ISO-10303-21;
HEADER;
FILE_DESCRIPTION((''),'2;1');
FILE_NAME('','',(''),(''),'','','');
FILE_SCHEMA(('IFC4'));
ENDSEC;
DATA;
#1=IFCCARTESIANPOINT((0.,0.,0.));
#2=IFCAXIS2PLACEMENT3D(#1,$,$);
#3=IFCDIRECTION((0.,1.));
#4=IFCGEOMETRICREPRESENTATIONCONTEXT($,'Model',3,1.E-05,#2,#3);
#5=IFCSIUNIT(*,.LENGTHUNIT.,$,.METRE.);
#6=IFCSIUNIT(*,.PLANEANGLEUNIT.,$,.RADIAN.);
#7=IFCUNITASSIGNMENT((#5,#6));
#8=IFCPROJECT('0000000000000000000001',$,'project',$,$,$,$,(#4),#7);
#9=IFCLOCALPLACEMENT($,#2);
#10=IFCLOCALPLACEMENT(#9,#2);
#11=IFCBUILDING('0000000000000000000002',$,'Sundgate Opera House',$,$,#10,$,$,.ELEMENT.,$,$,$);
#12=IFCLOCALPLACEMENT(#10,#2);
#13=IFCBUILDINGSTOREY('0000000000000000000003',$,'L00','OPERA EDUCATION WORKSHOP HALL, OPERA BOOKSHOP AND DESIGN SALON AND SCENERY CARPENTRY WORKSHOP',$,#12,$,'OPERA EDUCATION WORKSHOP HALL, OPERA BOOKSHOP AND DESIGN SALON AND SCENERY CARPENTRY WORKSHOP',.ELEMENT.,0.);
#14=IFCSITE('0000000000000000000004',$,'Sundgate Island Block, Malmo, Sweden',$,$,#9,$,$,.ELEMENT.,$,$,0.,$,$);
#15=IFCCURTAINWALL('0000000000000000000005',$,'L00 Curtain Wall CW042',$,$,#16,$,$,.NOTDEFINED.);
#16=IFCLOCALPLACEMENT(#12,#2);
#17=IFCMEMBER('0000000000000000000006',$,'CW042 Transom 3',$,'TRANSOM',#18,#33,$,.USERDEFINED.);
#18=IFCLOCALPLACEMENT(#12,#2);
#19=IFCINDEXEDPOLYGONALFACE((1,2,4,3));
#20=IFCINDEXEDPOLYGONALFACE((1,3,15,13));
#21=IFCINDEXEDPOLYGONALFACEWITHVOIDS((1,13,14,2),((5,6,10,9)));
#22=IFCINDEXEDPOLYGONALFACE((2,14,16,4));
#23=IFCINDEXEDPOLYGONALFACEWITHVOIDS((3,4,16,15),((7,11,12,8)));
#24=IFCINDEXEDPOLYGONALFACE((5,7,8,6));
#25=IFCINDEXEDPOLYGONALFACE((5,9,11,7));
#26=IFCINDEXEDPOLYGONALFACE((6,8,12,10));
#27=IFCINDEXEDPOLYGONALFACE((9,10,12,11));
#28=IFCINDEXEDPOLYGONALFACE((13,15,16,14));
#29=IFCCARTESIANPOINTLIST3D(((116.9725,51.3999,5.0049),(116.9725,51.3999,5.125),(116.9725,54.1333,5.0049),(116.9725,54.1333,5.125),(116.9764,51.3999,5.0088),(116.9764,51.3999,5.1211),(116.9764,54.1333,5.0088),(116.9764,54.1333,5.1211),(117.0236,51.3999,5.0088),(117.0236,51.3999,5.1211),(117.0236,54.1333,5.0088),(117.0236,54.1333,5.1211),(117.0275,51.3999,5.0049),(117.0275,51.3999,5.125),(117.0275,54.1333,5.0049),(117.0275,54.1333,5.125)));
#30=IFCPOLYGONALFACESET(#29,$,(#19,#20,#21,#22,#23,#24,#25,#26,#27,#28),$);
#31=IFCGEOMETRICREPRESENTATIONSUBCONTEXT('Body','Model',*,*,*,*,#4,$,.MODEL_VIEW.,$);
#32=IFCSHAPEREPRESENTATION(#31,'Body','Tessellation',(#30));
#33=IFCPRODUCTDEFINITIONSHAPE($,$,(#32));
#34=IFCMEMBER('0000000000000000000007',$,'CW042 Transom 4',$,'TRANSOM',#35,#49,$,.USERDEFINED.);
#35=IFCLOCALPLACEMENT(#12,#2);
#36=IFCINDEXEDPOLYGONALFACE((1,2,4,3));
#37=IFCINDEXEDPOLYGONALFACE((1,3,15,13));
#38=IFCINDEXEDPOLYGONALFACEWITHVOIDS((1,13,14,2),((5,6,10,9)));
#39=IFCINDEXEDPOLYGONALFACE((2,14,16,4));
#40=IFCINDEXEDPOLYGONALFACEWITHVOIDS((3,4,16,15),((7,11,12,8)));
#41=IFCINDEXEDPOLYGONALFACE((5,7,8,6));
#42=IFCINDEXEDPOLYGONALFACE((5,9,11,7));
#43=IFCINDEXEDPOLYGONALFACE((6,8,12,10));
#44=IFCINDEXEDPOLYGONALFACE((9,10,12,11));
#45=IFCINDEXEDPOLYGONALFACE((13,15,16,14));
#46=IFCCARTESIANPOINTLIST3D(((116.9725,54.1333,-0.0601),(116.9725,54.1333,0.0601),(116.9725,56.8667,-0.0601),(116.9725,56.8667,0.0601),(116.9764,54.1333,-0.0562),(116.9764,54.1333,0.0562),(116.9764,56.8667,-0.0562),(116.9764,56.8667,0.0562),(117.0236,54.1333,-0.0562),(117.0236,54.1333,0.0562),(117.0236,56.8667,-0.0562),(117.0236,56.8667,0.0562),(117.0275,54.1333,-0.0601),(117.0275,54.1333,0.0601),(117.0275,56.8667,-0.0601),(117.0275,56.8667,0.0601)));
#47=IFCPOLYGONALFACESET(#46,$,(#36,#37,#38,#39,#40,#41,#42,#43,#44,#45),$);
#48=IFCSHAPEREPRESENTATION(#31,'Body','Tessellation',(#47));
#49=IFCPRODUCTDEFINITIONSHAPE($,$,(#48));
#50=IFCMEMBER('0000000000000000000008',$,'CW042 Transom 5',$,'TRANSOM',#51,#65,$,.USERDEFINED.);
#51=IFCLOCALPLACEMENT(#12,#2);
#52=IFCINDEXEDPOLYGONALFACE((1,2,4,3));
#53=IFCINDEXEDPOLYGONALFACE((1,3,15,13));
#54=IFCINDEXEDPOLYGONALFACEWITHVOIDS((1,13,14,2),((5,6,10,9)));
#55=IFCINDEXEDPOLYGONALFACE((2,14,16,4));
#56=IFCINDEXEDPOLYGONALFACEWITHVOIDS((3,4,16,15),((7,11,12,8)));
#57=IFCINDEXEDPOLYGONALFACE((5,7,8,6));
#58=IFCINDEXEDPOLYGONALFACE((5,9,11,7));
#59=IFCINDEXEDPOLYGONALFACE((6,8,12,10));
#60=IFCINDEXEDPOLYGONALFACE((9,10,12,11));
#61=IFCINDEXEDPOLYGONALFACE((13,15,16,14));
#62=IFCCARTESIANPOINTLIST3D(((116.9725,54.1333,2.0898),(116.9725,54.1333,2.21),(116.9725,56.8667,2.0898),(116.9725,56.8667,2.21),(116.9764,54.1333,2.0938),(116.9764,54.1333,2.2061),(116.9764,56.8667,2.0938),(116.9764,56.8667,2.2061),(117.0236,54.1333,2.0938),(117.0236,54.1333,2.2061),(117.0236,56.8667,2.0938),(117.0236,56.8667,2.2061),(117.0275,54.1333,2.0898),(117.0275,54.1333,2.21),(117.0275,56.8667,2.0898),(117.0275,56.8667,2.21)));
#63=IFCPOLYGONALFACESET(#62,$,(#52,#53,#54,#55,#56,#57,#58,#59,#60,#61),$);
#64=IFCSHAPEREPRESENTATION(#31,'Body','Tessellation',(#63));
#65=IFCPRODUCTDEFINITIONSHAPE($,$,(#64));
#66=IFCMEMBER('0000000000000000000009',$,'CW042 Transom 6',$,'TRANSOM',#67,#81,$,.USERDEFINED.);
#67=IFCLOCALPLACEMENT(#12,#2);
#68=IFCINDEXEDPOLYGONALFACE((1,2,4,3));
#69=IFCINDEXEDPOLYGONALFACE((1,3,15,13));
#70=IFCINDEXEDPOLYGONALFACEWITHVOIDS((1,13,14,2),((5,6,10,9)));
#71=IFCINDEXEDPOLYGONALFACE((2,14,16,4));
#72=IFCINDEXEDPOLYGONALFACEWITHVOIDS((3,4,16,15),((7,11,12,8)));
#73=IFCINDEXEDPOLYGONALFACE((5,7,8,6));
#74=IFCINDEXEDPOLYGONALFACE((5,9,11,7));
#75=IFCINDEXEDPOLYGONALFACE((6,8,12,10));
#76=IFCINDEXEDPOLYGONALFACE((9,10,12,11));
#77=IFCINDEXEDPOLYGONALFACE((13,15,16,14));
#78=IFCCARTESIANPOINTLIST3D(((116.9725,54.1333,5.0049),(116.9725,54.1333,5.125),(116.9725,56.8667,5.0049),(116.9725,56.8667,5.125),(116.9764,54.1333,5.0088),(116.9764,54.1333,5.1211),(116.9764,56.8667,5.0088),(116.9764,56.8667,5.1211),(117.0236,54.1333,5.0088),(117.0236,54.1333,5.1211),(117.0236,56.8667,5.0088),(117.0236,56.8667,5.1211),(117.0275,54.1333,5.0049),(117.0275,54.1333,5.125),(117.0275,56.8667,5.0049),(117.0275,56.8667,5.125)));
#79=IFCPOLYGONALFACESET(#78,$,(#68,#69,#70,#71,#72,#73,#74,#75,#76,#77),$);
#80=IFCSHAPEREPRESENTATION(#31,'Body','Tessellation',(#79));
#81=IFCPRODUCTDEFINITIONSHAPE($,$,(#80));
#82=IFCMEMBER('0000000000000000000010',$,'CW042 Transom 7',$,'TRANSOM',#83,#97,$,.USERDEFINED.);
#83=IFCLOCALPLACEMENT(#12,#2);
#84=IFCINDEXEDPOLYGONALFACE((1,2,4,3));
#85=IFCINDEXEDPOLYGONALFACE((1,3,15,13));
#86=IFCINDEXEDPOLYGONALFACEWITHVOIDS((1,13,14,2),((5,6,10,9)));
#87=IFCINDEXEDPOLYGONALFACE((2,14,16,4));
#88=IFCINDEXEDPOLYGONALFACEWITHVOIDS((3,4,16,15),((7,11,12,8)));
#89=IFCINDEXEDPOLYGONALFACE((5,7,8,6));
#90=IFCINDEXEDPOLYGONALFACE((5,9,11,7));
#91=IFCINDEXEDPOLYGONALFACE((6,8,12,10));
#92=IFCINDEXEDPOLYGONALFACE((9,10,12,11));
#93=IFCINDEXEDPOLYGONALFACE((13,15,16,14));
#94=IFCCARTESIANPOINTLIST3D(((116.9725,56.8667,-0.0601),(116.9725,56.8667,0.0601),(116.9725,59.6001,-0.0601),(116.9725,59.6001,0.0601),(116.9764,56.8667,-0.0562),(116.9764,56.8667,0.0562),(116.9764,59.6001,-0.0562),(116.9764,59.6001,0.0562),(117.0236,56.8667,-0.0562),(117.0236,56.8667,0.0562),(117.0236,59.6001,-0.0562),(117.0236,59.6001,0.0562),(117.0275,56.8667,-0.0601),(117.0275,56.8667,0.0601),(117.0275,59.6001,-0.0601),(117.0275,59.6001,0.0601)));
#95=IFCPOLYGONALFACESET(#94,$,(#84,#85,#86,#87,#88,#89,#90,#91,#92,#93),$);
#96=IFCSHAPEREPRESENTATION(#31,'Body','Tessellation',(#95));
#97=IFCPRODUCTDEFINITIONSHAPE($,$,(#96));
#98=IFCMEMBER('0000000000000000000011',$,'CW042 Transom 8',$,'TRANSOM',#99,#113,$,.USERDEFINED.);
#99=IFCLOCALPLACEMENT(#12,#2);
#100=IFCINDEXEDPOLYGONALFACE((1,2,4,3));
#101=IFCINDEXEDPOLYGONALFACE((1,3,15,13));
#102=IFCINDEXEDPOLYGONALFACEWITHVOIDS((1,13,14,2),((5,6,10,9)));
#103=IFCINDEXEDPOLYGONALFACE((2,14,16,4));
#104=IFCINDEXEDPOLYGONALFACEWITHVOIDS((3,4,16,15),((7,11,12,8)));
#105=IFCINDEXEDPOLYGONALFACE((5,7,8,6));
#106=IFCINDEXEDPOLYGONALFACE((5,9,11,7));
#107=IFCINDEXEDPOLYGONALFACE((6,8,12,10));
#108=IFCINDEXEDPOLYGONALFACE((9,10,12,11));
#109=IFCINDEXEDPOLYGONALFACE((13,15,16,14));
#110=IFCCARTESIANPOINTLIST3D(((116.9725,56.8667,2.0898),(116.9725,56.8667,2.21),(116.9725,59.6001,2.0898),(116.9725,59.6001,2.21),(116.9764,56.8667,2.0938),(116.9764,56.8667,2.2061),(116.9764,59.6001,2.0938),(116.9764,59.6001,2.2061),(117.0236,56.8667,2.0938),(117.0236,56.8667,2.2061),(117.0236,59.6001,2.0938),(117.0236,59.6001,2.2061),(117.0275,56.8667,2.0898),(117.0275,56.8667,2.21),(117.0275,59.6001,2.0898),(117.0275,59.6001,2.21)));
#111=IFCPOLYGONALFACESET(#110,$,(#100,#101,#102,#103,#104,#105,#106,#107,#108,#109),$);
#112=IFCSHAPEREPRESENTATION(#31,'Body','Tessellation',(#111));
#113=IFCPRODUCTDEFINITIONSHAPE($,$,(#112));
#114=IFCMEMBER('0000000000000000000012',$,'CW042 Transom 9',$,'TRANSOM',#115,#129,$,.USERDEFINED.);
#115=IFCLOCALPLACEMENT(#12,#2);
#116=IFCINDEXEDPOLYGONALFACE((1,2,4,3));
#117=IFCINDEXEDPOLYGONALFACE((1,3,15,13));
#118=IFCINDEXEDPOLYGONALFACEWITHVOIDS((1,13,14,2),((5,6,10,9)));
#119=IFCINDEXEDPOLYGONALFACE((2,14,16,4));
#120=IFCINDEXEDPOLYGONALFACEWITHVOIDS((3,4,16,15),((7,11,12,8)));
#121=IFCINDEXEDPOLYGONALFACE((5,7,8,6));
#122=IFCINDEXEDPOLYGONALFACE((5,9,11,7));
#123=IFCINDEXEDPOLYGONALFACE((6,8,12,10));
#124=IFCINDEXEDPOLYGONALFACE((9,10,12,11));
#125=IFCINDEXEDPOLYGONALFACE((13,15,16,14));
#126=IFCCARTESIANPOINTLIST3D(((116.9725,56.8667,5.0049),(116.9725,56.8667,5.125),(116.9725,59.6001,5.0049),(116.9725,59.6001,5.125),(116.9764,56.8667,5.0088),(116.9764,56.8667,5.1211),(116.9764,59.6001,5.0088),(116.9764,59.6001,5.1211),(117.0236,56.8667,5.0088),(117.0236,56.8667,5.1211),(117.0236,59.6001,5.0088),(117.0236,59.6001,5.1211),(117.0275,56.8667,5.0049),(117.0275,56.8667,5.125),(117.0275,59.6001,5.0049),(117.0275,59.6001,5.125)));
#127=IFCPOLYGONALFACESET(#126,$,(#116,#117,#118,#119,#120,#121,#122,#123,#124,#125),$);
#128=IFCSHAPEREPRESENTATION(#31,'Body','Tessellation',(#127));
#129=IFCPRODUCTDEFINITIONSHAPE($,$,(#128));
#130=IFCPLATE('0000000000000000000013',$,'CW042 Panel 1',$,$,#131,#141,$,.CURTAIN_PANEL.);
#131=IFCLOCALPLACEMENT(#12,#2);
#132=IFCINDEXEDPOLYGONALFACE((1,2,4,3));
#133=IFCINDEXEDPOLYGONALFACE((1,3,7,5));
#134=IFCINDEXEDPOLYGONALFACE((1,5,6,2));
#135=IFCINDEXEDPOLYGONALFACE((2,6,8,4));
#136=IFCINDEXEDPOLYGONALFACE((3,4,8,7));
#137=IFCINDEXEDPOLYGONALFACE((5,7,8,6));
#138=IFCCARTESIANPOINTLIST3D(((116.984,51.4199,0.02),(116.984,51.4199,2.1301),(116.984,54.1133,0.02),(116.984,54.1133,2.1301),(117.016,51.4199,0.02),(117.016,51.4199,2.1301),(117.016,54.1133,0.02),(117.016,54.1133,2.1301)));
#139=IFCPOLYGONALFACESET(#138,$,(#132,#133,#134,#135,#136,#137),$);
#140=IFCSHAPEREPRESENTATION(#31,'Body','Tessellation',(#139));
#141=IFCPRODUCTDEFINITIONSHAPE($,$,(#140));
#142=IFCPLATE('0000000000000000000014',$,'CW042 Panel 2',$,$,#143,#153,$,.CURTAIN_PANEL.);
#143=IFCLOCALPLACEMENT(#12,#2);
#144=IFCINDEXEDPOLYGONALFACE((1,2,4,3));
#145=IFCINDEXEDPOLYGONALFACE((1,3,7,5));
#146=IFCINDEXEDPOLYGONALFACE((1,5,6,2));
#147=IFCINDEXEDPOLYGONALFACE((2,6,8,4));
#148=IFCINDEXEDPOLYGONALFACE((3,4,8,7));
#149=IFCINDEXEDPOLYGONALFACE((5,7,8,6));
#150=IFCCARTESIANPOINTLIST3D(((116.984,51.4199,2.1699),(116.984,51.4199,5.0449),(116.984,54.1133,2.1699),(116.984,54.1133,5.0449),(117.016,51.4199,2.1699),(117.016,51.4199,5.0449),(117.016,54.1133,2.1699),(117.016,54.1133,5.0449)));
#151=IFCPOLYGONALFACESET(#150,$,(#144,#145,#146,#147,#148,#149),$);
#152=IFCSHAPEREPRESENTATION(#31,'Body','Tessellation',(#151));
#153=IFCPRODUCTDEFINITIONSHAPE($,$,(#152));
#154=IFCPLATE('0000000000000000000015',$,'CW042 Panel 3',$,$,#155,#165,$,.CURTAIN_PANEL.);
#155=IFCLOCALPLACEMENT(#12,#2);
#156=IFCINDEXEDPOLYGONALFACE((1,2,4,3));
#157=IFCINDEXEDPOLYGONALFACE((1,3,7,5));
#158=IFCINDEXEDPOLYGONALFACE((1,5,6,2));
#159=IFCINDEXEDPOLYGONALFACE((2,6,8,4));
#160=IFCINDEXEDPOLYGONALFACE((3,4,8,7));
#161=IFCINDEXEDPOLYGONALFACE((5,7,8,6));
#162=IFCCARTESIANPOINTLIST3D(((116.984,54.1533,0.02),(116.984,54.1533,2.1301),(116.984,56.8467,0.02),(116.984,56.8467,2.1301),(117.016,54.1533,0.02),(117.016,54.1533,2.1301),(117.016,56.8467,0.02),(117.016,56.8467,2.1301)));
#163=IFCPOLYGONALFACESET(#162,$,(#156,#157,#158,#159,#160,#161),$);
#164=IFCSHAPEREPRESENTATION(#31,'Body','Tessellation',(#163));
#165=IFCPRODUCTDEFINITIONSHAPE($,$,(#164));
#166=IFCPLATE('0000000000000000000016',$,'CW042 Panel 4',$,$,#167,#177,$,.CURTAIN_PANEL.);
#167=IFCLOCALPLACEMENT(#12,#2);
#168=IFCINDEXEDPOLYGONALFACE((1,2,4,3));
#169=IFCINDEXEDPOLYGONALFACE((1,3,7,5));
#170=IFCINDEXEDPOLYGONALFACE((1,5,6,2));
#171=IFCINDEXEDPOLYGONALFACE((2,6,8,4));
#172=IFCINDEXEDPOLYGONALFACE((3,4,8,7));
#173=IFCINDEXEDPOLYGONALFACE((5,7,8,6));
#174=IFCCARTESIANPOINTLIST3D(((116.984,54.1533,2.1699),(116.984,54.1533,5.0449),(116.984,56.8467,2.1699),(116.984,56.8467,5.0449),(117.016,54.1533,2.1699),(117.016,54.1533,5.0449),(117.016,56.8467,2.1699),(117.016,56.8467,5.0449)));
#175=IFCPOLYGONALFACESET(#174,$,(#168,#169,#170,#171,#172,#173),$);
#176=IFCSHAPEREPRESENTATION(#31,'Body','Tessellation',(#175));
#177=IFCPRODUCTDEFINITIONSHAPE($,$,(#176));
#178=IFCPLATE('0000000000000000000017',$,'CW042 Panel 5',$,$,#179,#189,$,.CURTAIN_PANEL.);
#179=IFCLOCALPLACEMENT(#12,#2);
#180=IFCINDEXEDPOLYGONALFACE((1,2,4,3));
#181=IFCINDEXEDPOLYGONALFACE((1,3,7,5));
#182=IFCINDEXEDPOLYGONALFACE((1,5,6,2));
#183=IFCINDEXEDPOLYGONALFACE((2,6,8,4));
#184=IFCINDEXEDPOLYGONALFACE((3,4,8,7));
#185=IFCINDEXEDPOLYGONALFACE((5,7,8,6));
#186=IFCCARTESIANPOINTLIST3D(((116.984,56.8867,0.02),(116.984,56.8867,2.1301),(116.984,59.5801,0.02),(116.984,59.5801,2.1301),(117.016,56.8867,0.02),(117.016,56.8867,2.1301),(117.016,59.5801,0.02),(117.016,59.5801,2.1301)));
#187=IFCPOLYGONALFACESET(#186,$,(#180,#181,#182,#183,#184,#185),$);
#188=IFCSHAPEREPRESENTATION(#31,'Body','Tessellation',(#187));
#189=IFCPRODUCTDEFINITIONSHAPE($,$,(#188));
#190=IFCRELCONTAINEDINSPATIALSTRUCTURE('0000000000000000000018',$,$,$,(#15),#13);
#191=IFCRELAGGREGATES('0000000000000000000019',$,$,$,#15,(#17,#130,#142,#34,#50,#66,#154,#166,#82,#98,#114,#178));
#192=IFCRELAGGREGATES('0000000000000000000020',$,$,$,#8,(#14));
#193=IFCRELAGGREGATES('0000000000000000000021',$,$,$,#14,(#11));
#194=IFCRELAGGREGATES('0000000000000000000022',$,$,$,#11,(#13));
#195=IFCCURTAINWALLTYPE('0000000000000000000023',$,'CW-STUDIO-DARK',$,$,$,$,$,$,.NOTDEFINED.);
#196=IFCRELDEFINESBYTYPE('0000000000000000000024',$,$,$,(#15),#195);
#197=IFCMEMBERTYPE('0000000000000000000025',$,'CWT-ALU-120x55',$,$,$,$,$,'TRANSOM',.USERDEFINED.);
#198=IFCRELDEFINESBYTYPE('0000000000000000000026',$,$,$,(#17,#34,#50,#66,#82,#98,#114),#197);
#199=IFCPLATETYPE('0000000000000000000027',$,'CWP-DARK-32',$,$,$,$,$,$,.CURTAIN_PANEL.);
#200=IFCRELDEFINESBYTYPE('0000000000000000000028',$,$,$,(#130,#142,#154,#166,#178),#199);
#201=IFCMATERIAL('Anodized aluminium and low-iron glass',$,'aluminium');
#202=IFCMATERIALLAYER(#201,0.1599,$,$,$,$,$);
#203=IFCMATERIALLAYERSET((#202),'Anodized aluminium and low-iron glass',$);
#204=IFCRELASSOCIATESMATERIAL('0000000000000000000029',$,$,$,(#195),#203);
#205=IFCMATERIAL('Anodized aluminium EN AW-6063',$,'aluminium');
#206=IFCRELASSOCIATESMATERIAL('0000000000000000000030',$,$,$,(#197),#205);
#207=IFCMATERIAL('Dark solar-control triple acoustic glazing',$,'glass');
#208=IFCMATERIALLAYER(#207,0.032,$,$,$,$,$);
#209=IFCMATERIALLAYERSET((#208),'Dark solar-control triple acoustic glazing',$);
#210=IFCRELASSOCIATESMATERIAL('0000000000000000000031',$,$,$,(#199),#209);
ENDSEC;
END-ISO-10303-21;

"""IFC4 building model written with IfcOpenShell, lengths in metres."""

from ifc_helpers import new_model, si_unit, direction, frame, origin, origin_2d, place, context, subcontext, project, spatial, rectangle, hollow_rectangle, extrude, material, layer, layer_set, material_profile, profile_set, type_object, element, aggregate, save


model = new_model("IFC4")

# Units and contexts
model_context = context("Model", 3, precision=1e-05, world=origin(), true_north=direction((0.0, 1.0)))
body_context = subcontext(model_context, "Body", "Model", "MODEL_VIEW")
ifc_project = project(units=[si_unit("LENGTHUNIT", "METRE"), si_unit("PLANEANGLEUNIT", "RADIAN")], contexts=[model_context])

# Site, building, storey
site_placement = place(None, origin())
site = spatial("IfcSite", under=ifc_project, at=site_placement, Name="Sundgate Island Block, Malmo, Sweden", CompositionType="ELEMENT", RefElevation=0.0)
building_placement = place(site_placement, origin())
building = spatial("IfcBuilding", under=site, at=building_placement, Name="Sundgate Opera House", CompositionType="ELEMENT")
storey_placement = place(building_placement, origin())
storey = spatial("IfcBuildingStorey", under=building, at=storey_placement, Name="L00", Description="OPERA EDUCATION WORKSHOP HALL, OPERA BOOKSHOP AND DESIGN SALON AND SCENERY CARPENTRY WORKSHOP", LongName="OPERA EDUCATION WORKSHOP HALL, OPERA BOOKSHOP AND DESIGN SALON AND SCENERY CARPENTRY WORKSHOP", CompositionType="ELEMENT", Elevation=0.0)

# Curtain wall, members, plates
ifc_material_1 = material(Name="Anodized aluminium and low-iron glass", Category="aluminium")
ifc_layer_1 = layer(ifc_material_1, 0.1599)
ifc_layer_set_1 = layer_set([ifc_layer_1], Name="Anodized aluminium and low-iron glass")
curtain_wall_type = type_object("IfcCurtainWallType", Name="CW-STUDIO-DARK", PredefinedType="NOTDEFINED", material=ifc_layer_set_1)
curtain_wall_placement = place(storey_placement, origin())
curtain_wall = element("IfcCurtainWall", 1, at=curtain_wall_placement, inside=storey, type_object=curtain_wall_type, Name="L00 Curtain Wall CW042", PredefinedType="NOTDEFINED")
ifc_material_2 = material(Name="Anodized aluminium EN AW-6063", Category="aluminium")
ifc_material_profile_1 = material_profile(ifc_material_2, hollow_rectangle(XDim=0.0549, YDim=0.1201, WallThickness=0.0039, at=origin_2d()), Name="CWT 120x55x4")
ifc_profile_set_1 = profile_set([ifc_material_profile_1], Name="Anodized aluminium EN AW-6063")
member_type_1 = type_object("IfcMemberType", Name="CWT-ALU-120x55", ElementType="TRANSOM", PredefinedType="USERDEFINED", material=ifc_profile_set_1)
member_1_placement = place(storey_placement, frame((117.0, 51.3999, 5.0649), z_axis=(0.0, 1.0, 0.0), x_axis=(-1.0, 0.0, 0.0)))
member_1 = element("IfcMember", 2, at=member_1_placement, type_object=member_type_1, Name="CW042 Transom 3", ObjectType="TRANSOM", PredefinedType="USERDEFINED", context=body_context, shape_type="SweptSolid", body=[
    extrude(hollow_rectangle(XDim=0.0549, YDim=0.1201, WallThickness=0.0039, at=origin_2d()), origin(), (0.0, 0.0, 1.0), 2.7334),
])
member_2_placement = place(storey_placement, frame((117.0, 54.1333, 0.0), z_axis=(0.0, 1.0, 0.0), x_axis=(-1.0, 0.0, 0.0)))
member_2 = element("IfcMember", 3, at=member_2_placement, type_object=member_type_1, Name="CW042 Transom 4", ObjectType="TRANSOM", PredefinedType="USERDEFINED", context=body_context, shape_type="SweptSolid", body=[
    extrude(hollow_rectangle(XDim=0.0549, YDim=0.1201, WallThickness=0.0039, at=origin_2d()), origin(), (0.0, 0.0, 1.0), 2.7334),
])
member_3_placement = place(storey_placement, frame((117.0, 54.1333, 2.1499), z_axis=(0.0, 1.0, 0.0), x_axis=(-1.0, 0.0, 0.0)))
member_3 = element("IfcMember", 4, at=member_3_placement, type_object=member_type_1, Name="CW042 Transom 5", ObjectType="TRANSOM", PredefinedType="USERDEFINED", context=body_context, shape_type="SweptSolid", body=[
    extrude(hollow_rectangle(XDim=0.0549, YDim=0.1201, WallThickness=0.0039, at=origin_2d()), origin(), (0.0, 0.0, 1.0), 2.7334),
])
member_4_placement = place(storey_placement, frame((117.0, 54.1333, 5.0649), z_axis=(0.0, 1.0, 0.0), x_axis=(-1.0, 0.0, 0.0)))
member_4 = element("IfcMember", 5, at=member_4_placement, type_object=member_type_1, Name="CW042 Transom 6", ObjectType="TRANSOM", PredefinedType="USERDEFINED", context=body_context, shape_type="SweptSolid", body=[
    extrude(hollow_rectangle(XDim=0.0549, YDim=0.1201, WallThickness=0.0039, at=origin_2d()), origin(), (0.0, 0.0, 1.0), 2.7334),
])
member_5_placement = place(storey_placement, frame((117.0, 56.8667, 0.0), z_axis=(0.0, 1.0, 0.0), x_axis=(-1.0, 0.0, 0.0)))
member_5 = element("IfcMember", 6, at=member_5_placement, type_object=member_type_1, Name="CW042 Transom 7", ObjectType="TRANSOM", PredefinedType="USERDEFINED", context=body_context, shape_type="SweptSolid", body=[
    extrude(hollow_rectangle(XDim=0.0549, YDim=0.1201, WallThickness=0.0039, at=origin_2d()), origin(), (0.0, 0.0, 1.0), 2.7334),
])
member_6_placement = place(storey_placement, frame((117.0, 56.8667, 2.1499), z_axis=(0.0, 1.0, 0.0), x_axis=(-1.0, 0.0, 0.0)))
member_6 = element("IfcMember", 7, at=member_6_placement, type_object=member_type_1, Name="CW042 Transom 8", ObjectType="TRANSOM", PredefinedType="USERDEFINED", context=body_context, shape_type="SweptSolid", body=[
    extrude(hollow_rectangle(XDim=0.0549, YDim=0.1201, WallThickness=0.0039, at=origin_2d()), origin(), (0.0, 0.0, 1.0), 2.7334),
])
member_7_placement = place(storey_placement, frame((117.0, 56.8667, 5.0649), z_axis=(0.0, 1.0, 0.0), x_axis=(-1.0, 0.0, 0.0)))
member_7 = element("IfcMember", 8, at=member_7_placement, type_object=member_type_1, Name="CW042 Transom 9", ObjectType="TRANSOM", PredefinedType="USERDEFINED", context=body_context, shape_type="SweptSolid", body=[
    extrude(hollow_rectangle(XDim=0.0549, YDim=0.1201, WallThickness=0.0039, at=origin_2d()), origin(), (0.0, 0.0, 1.0), 2.7334),
])
ifc_material_3 = material(Name="Dark solar-control triple acoustic glazing", Category="glass")
ifc_layer_2 = layer(ifc_material_3, 0.032)
ifc_layer_set_2 = layer_set([ifc_layer_2], Name="Dark solar-control triple acoustic glazing")
plate_type = type_object("IfcPlateType", Name="CWP-DARK-32", PredefinedType="CURTAIN_PANEL", material=ifc_layer_set_2)
plate_1_placement = place(storey_placement, frame((117.0, 52.7666, 0.02), z_axis=(0.0, 0.0, 1.0), x_axis=(0.0, 1.0, 0.0)))
plate_1 = element("IfcPlate", 9, at=plate_1_placement, type_object=plate_type, Name="CW042 Panel 1", PredefinedType="CURTAIN_PANEL", context=body_context, shape_type="SweptSolid", body=[
    extrude(rectangle(XDim=2.6934, YDim=0.032, at=origin_2d()), origin(), (0.0, 0.0, 1.0), 2.1101),
])
plate_2_placement = place(storey_placement, frame((117.0, 52.7666, 2.1699), z_axis=(0.0, 0.0, 1.0), x_axis=(0.0, 1.0, 0.0)))
plate_2 = element("IfcPlate", 10, at=plate_2_placement, type_object=plate_type, Name="CW042 Panel 2", PredefinedType="CURTAIN_PANEL", context=body_context, shape_type="SweptSolid", body=[
    extrude(rectangle(XDim=2.6934, YDim=0.032, at=origin_2d()), origin(), (0.0, 0.0, 1.0), 2.875),
])
plate_3_placement = place(storey_placement, frame((117.0, 55.5, 0.02), z_axis=(0.0, 0.0, 1.0), x_axis=(0.0, 1.0, 0.0)))
plate_3 = element("IfcPlate", 11, at=plate_3_placement, type_object=plate_type, Name="CW042 Panel 3", PredefinedType="CURTAIN_PANEL", context=body_context, shape_type="SweptSolid", body=[
    extrude(rectangle(XDim=2.6934, YDim=0.032, at=origin_2d()), origin(), (0.0, 0.0, 1.0), 2.1101),
])
plate_4_placement = place(storey_placement, frame((117.0, 55.5, 2.1699), z_axis=(0.0, 0.0, 1.0), x_axis=(0.0, 1.0, 0.0)))
plate_4 = element("IfcPlate", 12, at=plate_4_placement, type_object=plate_type, Name="CW042 Panel 4", PredefinedType="CURTAIN_PANEL", context=body_context, shape_type="SweptSolid", body=[
    extrude(rectangle(XDim=2.6934, YDim=0.032, at=origin_2d()), origin(), (0.0, 0.0, 1.0), 2.875),
])
plate_5_placement = place(storey_placement, frame((117.0, 58.2334, 0.02), z_axis=(0.0, 0.0, 1.0), x_axis=(0.0, 1.0, 0.0)))
plate_5 = element("IfcPlate", 13, at=plate_5_placement, type_object=plate_type, Name="CW042 Panel 5", PredefinedType="CURTAIN_PANEL", context=body_context, shape_type="SweptSolid", body=[
    extrude(rectangle(XDim=2.6934, YDim=0.032, at=origin_2d()), origin(), (0.0, 0.0, 1.0), 2.1101),
])
aggregate(curtain_wall, [member_1, plate_1, plate_2, member_2, member_3, member_4, plate_3, plate_4, member_5, member_6, member_7, plate_5])

save(model, "model.ifc")
